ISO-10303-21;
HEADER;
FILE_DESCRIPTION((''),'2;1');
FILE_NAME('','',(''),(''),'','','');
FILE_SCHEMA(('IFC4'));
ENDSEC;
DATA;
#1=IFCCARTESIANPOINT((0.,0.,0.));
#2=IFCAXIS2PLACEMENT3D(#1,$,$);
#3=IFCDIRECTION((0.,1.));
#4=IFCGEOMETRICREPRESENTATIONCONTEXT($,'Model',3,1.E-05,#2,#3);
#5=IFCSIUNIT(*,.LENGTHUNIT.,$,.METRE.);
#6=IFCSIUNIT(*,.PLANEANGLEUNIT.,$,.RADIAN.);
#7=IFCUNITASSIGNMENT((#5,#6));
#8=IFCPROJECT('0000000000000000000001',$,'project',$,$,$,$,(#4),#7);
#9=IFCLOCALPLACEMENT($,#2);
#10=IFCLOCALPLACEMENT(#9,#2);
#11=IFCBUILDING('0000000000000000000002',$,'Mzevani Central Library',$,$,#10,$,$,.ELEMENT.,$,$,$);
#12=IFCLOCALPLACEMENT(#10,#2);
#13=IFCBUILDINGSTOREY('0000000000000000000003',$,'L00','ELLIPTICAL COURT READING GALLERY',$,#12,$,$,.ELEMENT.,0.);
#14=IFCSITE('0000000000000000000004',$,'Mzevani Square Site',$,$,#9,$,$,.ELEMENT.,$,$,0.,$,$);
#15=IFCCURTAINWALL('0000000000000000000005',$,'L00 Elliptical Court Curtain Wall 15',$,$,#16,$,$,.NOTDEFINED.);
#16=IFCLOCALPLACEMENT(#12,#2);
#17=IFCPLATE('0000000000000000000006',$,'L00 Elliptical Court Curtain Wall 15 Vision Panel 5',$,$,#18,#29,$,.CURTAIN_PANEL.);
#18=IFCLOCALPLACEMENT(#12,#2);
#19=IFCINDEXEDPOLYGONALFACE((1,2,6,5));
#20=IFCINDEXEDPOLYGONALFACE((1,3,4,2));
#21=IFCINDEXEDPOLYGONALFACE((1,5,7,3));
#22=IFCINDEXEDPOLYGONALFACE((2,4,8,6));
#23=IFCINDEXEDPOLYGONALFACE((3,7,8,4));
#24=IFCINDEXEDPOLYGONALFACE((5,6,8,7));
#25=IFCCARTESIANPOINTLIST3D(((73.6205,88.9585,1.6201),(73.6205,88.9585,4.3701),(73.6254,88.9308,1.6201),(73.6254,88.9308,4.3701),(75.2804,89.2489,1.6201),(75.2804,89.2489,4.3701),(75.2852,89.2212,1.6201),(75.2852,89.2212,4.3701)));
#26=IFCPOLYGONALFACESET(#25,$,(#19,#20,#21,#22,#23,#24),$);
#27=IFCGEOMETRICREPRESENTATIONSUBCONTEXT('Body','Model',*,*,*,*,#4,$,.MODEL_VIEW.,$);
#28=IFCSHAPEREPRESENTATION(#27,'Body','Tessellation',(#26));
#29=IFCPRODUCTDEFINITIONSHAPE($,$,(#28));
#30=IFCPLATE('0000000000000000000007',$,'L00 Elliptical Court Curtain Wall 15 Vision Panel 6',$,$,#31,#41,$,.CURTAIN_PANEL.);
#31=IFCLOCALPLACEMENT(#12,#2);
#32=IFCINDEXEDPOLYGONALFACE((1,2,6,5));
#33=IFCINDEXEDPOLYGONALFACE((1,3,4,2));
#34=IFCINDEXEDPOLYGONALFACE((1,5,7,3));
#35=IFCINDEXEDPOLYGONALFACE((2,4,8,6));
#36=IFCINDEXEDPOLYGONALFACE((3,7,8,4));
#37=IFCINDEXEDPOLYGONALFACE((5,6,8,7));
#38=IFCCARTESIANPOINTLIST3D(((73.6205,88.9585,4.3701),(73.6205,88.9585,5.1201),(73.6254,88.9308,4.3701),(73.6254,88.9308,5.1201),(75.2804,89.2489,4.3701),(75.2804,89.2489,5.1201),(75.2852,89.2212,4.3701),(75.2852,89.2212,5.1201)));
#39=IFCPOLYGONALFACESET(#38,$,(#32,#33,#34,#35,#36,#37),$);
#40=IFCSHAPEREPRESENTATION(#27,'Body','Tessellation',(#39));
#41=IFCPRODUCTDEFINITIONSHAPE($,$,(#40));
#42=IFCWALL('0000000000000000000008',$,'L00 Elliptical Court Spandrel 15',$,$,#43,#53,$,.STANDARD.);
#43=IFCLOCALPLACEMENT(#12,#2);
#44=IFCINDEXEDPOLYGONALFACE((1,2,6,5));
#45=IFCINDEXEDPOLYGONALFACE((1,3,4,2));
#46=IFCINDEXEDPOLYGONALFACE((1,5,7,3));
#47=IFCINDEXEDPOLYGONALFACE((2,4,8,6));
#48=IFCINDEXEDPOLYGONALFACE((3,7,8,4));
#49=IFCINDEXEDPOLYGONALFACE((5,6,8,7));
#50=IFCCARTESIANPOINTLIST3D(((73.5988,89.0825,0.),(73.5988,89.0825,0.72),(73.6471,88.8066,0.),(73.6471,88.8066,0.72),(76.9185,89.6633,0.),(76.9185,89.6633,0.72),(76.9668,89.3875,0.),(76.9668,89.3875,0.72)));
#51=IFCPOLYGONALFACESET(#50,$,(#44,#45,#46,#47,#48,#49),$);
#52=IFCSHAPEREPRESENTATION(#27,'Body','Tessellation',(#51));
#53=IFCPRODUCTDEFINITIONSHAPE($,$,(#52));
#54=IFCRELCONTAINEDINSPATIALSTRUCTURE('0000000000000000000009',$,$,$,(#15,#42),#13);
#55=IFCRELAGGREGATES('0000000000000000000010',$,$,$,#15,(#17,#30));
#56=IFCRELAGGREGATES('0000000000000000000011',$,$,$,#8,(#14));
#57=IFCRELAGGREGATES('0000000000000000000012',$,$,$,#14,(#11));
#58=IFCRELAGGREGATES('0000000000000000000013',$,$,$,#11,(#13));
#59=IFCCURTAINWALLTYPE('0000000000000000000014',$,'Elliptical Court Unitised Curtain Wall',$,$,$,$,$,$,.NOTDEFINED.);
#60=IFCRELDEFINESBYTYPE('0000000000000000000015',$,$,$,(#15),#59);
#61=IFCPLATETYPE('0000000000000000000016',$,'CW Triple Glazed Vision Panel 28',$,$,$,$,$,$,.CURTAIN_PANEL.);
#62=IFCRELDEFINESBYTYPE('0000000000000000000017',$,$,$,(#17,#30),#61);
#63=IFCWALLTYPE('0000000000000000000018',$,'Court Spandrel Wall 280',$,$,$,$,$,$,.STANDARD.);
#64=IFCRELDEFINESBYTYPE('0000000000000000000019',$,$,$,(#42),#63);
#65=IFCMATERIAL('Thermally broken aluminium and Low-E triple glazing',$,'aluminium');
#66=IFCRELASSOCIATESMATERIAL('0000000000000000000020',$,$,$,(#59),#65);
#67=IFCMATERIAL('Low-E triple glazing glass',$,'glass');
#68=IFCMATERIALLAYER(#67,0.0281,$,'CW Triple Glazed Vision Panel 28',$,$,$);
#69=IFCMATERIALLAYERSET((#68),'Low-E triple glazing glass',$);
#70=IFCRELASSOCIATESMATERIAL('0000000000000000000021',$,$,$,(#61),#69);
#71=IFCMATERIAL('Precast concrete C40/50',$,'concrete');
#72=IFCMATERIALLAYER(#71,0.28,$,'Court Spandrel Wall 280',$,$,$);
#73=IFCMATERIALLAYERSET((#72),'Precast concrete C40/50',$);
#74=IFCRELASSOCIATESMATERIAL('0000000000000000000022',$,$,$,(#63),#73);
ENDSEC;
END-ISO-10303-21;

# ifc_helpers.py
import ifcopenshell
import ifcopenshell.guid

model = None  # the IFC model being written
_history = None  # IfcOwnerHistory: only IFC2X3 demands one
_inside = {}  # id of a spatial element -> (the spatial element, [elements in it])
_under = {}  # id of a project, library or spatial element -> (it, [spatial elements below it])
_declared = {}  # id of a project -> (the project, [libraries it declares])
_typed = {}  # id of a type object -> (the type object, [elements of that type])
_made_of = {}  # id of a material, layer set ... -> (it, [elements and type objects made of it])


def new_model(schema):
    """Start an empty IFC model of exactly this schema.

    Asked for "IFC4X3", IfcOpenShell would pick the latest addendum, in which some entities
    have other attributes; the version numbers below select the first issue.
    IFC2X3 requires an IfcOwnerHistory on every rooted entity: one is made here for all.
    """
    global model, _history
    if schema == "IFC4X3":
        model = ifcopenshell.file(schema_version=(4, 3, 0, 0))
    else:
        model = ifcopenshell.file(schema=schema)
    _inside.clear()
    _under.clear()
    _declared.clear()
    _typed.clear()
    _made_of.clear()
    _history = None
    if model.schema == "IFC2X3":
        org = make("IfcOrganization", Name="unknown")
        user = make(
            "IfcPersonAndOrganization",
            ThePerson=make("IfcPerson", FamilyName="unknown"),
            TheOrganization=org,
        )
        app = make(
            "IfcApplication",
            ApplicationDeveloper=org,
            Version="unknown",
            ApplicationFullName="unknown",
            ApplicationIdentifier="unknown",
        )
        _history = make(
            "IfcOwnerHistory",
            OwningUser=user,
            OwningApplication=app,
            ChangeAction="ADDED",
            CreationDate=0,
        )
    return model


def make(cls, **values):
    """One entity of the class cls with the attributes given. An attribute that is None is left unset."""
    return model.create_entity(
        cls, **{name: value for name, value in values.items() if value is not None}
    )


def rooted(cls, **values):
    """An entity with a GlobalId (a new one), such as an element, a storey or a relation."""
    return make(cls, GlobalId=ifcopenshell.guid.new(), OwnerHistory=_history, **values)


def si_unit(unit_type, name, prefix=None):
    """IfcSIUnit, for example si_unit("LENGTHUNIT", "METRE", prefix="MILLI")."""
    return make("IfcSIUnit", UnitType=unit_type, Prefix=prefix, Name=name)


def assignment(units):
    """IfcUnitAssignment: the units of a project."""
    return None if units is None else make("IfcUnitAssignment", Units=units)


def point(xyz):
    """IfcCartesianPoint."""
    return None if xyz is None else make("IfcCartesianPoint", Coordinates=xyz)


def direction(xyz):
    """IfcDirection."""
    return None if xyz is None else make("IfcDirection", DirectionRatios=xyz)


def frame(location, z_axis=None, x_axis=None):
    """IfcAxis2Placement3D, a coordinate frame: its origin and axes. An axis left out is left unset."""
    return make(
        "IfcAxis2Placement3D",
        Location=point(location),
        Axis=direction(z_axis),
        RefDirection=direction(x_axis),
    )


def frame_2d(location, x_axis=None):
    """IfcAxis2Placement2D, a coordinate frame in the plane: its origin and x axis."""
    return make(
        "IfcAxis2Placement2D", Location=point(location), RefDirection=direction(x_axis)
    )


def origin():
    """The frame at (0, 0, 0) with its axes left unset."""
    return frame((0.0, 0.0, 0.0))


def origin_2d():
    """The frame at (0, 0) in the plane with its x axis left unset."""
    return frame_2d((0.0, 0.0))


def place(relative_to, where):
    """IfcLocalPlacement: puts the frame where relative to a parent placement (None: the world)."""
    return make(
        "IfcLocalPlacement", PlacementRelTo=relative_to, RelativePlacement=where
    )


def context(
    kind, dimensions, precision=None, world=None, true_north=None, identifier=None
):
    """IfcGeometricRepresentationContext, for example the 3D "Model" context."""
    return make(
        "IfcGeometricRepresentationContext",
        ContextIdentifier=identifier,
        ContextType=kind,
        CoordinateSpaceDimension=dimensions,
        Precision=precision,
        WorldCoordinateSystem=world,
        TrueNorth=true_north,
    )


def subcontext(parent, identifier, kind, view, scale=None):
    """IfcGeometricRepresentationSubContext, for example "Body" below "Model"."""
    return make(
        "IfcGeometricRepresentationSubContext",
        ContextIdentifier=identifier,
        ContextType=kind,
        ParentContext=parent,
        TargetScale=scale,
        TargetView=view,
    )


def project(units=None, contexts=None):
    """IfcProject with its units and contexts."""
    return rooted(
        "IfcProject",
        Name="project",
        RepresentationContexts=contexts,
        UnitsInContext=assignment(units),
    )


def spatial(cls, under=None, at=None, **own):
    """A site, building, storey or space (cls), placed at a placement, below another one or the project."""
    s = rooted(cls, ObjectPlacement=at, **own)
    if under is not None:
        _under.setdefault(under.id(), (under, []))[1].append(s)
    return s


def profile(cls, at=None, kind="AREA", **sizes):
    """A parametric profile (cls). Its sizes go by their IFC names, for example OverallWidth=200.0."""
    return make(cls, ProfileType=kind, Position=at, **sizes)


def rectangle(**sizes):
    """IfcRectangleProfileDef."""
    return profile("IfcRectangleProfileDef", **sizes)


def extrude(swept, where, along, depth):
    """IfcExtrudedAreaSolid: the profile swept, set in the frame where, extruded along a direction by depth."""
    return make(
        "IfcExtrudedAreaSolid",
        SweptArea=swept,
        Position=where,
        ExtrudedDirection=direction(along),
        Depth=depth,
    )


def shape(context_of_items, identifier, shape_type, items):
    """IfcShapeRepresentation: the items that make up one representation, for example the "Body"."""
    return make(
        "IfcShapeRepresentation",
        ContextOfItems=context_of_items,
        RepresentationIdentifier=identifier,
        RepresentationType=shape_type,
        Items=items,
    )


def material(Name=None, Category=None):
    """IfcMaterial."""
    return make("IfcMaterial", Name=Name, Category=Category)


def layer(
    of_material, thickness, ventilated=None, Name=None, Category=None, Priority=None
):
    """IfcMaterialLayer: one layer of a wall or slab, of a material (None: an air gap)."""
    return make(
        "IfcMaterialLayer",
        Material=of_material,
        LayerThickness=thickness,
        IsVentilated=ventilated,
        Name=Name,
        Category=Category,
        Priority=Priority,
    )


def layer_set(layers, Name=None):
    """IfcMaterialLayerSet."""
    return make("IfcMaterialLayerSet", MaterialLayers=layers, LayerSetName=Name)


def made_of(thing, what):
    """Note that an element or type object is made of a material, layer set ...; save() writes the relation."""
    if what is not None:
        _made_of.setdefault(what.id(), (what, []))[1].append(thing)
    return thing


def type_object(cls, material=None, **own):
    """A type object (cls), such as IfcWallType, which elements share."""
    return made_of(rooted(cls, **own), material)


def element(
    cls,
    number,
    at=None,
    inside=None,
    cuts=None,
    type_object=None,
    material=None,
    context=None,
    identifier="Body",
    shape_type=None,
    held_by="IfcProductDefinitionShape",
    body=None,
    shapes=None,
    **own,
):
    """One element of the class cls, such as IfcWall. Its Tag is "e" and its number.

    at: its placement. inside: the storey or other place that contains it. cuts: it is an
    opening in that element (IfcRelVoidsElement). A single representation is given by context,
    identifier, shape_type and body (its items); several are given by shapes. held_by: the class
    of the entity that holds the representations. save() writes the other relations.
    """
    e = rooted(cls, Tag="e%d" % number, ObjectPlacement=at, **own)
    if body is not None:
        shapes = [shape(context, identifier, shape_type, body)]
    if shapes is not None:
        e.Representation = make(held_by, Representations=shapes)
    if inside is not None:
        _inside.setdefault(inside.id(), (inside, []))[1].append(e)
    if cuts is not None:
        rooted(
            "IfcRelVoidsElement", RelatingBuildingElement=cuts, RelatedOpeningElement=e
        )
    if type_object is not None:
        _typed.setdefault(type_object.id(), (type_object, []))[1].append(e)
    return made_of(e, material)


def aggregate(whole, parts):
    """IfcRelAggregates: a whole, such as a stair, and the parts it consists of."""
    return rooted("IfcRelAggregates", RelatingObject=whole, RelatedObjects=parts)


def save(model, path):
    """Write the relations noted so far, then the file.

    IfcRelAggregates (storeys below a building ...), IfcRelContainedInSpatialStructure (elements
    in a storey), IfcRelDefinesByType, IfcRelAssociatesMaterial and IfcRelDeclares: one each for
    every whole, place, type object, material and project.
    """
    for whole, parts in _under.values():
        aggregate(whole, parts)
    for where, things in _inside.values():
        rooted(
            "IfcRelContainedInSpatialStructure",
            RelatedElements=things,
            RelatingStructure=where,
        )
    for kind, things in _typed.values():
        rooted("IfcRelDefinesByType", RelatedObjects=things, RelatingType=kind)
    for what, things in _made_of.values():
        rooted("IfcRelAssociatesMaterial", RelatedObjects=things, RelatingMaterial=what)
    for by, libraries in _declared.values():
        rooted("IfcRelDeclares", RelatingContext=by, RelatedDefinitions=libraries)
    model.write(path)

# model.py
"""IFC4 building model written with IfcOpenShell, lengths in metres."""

from ifc_helpers import new_model, si_unit, direction, frame, frame_2d, origin, origin_2d, place, context, subcontext, project, spatial, rectangle, extrude, material, layer, layer_set, type_object, element, aggregate, save


model = new_model("IFC4")

# Units and contexts
model_context = context("Model", 3, precision=1e-05, world=origin(), true_north=direction((0.0, 1.0)))
body_context = subcontext(model_context, "Body", "Model", "MODEL_VIEW")
ifc_project = project(units=[si_unit("LENGTHUNIT", "METRE"), si_unit("PLANEANGLEUNIT", "RADIAN")], contexts=[model_context])

# Site, building, storey
site_placement = place(None, origin())
site = spatial("IfcSite", under=ifc_project, at=site_placement, Name="Mzevani Square Site", CompositionType="ELEMENT", RefElevation=0.0)
building_placement = place(site_placement, origin())
building = spatial("IfcBuilding", under=site, at=building_placement, Name="Mzevani Central Library", CompositionType="ELEMENT")
storey_placement = place(building_placement, origin())
storey = spatial("IfcBuildingStorey", under=building, at=storey_placement, Name="L00", Description="ELLIPTICAL COURT READING GALLERY", CompositionType="ELEMENT", Elevation=0.0)

# Curtain wall
ifc_material_1 = material(Name="Thermally broken aluminium and Low-E triple glazing", Category="aluminium")
curtain_wall_type_1 = type_object("IfcCurtainWallType", Name="Elliptical Court Unitised Curtain Wall", PredefinedType="NOTDEFINED", material=ifc_material_1)
curtain_wall_1_placement = place(storey_placement, origin())
curtain_wall_1 = element("IfcCurtainWall", 1, at=curtain_wall_1_placement, inside=storey, type_object=curtain_wall_type_1, Name="L00 Elliptical Court Curtain Wall 15", PredefinedType="NOTDEFINED")

# Plates
ifc_material_2 = material(Name="Low-E triple glazing glass", Category="glass")
ifc_layer_1 = layer(ifc_material_2, 0.0281, Name="CW Triple Glazed Vision Panel 28")
ifc_layer_set_1 = layer_set([ifc_layer_1], Name="Low-E triple glazing glass")
plate_type_1 = type_object("IfcPlateType", Name="CW Triple Glazed Vision Panel 28", PredefinedType="CURTAIN_PANEL", material=ifc_layer_set_1)
plate_1_placement = place(storey_placement, frame((74.4529, 89.0898, 1.6201), z_axis=(0.0, 0.0, 1.0), x_axis=(-0.985036, -0.172349, 0.0)))
plate_1 = element("IfcPlate", 2, at=plate_1_placement, type_object=plate_type_1, Name="L00 Elliptical Court Curtain Wall 15 Vision Panel 5", PredefinedType="CURTAIN_PANEL", context=body_context, shape_type="SweptSolid", body=[
    extrude(rectangle(XDim=1.6851, YDim=0.0281, at=origin_2d()), origin(), (0.0, 0.0, 1.0), 2.75),
])
plate_2_placement = place(storey_placement, frame((74.4529, 89.0898, 4.3701), z_axis=(0.0, 0.0, 1.0), x_axis=(-0.985036, -0.172349, 0.0)))
plate_2 = element("IfcPlate", 3, at=plate_2_placement, type_object=plate_type_1, Name="L00 Elliptical Court Curtain Wall 15 Vision Panel 6", PredefinedType="CURTAIN_PANEL", context=body_context, shape_type="SweptSolid", body=[
    extrude(rectangle(XDim=1.6851, YDim=0.0281, at=origin_2d()), origin(), (0.0, 0.0, 1.0), 0.75),
])
aggregate(curtain_wall_1, [plate_1, plate_2])

# Wall
ifc_material_3 = material(Name="Precast concrete C40/50", Category="concrete")
ifc_layer_2 = layer(ifc_material_3, 0.28, Name="Court Spandrel Wall 280")
ifc_layer_set_2 = layer_set([ifc_layer_2], Name="Precast concrete C40/50")
wall_type = type_object("IfcWallType", Name="Court Spandrel Wall 280", PredefinedType="STANDARD", material=ifc_layer_set_2)
wall_placement = place(storey_placement, frame((76.9426, 89.5254, 0.0), z_axis=(0.0, 0.0, 1.0), x_axis=(-0.985036, -0.172347, 0.0)))
element("IfcWall", 4, at=wall_placement, inside=storey, type_object=wall_type, Name="L00 Elliptical Court Spandrel 15", PredefinedType="STANDARD", context=body_context, shape_type="SweptSolid", body=[
    extrude(rectangle(XDim=3.3701, YDim=0.28, at=frame_2d((1.6851, 0.0))), origin(), (0.0, 0.0, 1.0), 0.72),
])

save(model, "model.ifc")
